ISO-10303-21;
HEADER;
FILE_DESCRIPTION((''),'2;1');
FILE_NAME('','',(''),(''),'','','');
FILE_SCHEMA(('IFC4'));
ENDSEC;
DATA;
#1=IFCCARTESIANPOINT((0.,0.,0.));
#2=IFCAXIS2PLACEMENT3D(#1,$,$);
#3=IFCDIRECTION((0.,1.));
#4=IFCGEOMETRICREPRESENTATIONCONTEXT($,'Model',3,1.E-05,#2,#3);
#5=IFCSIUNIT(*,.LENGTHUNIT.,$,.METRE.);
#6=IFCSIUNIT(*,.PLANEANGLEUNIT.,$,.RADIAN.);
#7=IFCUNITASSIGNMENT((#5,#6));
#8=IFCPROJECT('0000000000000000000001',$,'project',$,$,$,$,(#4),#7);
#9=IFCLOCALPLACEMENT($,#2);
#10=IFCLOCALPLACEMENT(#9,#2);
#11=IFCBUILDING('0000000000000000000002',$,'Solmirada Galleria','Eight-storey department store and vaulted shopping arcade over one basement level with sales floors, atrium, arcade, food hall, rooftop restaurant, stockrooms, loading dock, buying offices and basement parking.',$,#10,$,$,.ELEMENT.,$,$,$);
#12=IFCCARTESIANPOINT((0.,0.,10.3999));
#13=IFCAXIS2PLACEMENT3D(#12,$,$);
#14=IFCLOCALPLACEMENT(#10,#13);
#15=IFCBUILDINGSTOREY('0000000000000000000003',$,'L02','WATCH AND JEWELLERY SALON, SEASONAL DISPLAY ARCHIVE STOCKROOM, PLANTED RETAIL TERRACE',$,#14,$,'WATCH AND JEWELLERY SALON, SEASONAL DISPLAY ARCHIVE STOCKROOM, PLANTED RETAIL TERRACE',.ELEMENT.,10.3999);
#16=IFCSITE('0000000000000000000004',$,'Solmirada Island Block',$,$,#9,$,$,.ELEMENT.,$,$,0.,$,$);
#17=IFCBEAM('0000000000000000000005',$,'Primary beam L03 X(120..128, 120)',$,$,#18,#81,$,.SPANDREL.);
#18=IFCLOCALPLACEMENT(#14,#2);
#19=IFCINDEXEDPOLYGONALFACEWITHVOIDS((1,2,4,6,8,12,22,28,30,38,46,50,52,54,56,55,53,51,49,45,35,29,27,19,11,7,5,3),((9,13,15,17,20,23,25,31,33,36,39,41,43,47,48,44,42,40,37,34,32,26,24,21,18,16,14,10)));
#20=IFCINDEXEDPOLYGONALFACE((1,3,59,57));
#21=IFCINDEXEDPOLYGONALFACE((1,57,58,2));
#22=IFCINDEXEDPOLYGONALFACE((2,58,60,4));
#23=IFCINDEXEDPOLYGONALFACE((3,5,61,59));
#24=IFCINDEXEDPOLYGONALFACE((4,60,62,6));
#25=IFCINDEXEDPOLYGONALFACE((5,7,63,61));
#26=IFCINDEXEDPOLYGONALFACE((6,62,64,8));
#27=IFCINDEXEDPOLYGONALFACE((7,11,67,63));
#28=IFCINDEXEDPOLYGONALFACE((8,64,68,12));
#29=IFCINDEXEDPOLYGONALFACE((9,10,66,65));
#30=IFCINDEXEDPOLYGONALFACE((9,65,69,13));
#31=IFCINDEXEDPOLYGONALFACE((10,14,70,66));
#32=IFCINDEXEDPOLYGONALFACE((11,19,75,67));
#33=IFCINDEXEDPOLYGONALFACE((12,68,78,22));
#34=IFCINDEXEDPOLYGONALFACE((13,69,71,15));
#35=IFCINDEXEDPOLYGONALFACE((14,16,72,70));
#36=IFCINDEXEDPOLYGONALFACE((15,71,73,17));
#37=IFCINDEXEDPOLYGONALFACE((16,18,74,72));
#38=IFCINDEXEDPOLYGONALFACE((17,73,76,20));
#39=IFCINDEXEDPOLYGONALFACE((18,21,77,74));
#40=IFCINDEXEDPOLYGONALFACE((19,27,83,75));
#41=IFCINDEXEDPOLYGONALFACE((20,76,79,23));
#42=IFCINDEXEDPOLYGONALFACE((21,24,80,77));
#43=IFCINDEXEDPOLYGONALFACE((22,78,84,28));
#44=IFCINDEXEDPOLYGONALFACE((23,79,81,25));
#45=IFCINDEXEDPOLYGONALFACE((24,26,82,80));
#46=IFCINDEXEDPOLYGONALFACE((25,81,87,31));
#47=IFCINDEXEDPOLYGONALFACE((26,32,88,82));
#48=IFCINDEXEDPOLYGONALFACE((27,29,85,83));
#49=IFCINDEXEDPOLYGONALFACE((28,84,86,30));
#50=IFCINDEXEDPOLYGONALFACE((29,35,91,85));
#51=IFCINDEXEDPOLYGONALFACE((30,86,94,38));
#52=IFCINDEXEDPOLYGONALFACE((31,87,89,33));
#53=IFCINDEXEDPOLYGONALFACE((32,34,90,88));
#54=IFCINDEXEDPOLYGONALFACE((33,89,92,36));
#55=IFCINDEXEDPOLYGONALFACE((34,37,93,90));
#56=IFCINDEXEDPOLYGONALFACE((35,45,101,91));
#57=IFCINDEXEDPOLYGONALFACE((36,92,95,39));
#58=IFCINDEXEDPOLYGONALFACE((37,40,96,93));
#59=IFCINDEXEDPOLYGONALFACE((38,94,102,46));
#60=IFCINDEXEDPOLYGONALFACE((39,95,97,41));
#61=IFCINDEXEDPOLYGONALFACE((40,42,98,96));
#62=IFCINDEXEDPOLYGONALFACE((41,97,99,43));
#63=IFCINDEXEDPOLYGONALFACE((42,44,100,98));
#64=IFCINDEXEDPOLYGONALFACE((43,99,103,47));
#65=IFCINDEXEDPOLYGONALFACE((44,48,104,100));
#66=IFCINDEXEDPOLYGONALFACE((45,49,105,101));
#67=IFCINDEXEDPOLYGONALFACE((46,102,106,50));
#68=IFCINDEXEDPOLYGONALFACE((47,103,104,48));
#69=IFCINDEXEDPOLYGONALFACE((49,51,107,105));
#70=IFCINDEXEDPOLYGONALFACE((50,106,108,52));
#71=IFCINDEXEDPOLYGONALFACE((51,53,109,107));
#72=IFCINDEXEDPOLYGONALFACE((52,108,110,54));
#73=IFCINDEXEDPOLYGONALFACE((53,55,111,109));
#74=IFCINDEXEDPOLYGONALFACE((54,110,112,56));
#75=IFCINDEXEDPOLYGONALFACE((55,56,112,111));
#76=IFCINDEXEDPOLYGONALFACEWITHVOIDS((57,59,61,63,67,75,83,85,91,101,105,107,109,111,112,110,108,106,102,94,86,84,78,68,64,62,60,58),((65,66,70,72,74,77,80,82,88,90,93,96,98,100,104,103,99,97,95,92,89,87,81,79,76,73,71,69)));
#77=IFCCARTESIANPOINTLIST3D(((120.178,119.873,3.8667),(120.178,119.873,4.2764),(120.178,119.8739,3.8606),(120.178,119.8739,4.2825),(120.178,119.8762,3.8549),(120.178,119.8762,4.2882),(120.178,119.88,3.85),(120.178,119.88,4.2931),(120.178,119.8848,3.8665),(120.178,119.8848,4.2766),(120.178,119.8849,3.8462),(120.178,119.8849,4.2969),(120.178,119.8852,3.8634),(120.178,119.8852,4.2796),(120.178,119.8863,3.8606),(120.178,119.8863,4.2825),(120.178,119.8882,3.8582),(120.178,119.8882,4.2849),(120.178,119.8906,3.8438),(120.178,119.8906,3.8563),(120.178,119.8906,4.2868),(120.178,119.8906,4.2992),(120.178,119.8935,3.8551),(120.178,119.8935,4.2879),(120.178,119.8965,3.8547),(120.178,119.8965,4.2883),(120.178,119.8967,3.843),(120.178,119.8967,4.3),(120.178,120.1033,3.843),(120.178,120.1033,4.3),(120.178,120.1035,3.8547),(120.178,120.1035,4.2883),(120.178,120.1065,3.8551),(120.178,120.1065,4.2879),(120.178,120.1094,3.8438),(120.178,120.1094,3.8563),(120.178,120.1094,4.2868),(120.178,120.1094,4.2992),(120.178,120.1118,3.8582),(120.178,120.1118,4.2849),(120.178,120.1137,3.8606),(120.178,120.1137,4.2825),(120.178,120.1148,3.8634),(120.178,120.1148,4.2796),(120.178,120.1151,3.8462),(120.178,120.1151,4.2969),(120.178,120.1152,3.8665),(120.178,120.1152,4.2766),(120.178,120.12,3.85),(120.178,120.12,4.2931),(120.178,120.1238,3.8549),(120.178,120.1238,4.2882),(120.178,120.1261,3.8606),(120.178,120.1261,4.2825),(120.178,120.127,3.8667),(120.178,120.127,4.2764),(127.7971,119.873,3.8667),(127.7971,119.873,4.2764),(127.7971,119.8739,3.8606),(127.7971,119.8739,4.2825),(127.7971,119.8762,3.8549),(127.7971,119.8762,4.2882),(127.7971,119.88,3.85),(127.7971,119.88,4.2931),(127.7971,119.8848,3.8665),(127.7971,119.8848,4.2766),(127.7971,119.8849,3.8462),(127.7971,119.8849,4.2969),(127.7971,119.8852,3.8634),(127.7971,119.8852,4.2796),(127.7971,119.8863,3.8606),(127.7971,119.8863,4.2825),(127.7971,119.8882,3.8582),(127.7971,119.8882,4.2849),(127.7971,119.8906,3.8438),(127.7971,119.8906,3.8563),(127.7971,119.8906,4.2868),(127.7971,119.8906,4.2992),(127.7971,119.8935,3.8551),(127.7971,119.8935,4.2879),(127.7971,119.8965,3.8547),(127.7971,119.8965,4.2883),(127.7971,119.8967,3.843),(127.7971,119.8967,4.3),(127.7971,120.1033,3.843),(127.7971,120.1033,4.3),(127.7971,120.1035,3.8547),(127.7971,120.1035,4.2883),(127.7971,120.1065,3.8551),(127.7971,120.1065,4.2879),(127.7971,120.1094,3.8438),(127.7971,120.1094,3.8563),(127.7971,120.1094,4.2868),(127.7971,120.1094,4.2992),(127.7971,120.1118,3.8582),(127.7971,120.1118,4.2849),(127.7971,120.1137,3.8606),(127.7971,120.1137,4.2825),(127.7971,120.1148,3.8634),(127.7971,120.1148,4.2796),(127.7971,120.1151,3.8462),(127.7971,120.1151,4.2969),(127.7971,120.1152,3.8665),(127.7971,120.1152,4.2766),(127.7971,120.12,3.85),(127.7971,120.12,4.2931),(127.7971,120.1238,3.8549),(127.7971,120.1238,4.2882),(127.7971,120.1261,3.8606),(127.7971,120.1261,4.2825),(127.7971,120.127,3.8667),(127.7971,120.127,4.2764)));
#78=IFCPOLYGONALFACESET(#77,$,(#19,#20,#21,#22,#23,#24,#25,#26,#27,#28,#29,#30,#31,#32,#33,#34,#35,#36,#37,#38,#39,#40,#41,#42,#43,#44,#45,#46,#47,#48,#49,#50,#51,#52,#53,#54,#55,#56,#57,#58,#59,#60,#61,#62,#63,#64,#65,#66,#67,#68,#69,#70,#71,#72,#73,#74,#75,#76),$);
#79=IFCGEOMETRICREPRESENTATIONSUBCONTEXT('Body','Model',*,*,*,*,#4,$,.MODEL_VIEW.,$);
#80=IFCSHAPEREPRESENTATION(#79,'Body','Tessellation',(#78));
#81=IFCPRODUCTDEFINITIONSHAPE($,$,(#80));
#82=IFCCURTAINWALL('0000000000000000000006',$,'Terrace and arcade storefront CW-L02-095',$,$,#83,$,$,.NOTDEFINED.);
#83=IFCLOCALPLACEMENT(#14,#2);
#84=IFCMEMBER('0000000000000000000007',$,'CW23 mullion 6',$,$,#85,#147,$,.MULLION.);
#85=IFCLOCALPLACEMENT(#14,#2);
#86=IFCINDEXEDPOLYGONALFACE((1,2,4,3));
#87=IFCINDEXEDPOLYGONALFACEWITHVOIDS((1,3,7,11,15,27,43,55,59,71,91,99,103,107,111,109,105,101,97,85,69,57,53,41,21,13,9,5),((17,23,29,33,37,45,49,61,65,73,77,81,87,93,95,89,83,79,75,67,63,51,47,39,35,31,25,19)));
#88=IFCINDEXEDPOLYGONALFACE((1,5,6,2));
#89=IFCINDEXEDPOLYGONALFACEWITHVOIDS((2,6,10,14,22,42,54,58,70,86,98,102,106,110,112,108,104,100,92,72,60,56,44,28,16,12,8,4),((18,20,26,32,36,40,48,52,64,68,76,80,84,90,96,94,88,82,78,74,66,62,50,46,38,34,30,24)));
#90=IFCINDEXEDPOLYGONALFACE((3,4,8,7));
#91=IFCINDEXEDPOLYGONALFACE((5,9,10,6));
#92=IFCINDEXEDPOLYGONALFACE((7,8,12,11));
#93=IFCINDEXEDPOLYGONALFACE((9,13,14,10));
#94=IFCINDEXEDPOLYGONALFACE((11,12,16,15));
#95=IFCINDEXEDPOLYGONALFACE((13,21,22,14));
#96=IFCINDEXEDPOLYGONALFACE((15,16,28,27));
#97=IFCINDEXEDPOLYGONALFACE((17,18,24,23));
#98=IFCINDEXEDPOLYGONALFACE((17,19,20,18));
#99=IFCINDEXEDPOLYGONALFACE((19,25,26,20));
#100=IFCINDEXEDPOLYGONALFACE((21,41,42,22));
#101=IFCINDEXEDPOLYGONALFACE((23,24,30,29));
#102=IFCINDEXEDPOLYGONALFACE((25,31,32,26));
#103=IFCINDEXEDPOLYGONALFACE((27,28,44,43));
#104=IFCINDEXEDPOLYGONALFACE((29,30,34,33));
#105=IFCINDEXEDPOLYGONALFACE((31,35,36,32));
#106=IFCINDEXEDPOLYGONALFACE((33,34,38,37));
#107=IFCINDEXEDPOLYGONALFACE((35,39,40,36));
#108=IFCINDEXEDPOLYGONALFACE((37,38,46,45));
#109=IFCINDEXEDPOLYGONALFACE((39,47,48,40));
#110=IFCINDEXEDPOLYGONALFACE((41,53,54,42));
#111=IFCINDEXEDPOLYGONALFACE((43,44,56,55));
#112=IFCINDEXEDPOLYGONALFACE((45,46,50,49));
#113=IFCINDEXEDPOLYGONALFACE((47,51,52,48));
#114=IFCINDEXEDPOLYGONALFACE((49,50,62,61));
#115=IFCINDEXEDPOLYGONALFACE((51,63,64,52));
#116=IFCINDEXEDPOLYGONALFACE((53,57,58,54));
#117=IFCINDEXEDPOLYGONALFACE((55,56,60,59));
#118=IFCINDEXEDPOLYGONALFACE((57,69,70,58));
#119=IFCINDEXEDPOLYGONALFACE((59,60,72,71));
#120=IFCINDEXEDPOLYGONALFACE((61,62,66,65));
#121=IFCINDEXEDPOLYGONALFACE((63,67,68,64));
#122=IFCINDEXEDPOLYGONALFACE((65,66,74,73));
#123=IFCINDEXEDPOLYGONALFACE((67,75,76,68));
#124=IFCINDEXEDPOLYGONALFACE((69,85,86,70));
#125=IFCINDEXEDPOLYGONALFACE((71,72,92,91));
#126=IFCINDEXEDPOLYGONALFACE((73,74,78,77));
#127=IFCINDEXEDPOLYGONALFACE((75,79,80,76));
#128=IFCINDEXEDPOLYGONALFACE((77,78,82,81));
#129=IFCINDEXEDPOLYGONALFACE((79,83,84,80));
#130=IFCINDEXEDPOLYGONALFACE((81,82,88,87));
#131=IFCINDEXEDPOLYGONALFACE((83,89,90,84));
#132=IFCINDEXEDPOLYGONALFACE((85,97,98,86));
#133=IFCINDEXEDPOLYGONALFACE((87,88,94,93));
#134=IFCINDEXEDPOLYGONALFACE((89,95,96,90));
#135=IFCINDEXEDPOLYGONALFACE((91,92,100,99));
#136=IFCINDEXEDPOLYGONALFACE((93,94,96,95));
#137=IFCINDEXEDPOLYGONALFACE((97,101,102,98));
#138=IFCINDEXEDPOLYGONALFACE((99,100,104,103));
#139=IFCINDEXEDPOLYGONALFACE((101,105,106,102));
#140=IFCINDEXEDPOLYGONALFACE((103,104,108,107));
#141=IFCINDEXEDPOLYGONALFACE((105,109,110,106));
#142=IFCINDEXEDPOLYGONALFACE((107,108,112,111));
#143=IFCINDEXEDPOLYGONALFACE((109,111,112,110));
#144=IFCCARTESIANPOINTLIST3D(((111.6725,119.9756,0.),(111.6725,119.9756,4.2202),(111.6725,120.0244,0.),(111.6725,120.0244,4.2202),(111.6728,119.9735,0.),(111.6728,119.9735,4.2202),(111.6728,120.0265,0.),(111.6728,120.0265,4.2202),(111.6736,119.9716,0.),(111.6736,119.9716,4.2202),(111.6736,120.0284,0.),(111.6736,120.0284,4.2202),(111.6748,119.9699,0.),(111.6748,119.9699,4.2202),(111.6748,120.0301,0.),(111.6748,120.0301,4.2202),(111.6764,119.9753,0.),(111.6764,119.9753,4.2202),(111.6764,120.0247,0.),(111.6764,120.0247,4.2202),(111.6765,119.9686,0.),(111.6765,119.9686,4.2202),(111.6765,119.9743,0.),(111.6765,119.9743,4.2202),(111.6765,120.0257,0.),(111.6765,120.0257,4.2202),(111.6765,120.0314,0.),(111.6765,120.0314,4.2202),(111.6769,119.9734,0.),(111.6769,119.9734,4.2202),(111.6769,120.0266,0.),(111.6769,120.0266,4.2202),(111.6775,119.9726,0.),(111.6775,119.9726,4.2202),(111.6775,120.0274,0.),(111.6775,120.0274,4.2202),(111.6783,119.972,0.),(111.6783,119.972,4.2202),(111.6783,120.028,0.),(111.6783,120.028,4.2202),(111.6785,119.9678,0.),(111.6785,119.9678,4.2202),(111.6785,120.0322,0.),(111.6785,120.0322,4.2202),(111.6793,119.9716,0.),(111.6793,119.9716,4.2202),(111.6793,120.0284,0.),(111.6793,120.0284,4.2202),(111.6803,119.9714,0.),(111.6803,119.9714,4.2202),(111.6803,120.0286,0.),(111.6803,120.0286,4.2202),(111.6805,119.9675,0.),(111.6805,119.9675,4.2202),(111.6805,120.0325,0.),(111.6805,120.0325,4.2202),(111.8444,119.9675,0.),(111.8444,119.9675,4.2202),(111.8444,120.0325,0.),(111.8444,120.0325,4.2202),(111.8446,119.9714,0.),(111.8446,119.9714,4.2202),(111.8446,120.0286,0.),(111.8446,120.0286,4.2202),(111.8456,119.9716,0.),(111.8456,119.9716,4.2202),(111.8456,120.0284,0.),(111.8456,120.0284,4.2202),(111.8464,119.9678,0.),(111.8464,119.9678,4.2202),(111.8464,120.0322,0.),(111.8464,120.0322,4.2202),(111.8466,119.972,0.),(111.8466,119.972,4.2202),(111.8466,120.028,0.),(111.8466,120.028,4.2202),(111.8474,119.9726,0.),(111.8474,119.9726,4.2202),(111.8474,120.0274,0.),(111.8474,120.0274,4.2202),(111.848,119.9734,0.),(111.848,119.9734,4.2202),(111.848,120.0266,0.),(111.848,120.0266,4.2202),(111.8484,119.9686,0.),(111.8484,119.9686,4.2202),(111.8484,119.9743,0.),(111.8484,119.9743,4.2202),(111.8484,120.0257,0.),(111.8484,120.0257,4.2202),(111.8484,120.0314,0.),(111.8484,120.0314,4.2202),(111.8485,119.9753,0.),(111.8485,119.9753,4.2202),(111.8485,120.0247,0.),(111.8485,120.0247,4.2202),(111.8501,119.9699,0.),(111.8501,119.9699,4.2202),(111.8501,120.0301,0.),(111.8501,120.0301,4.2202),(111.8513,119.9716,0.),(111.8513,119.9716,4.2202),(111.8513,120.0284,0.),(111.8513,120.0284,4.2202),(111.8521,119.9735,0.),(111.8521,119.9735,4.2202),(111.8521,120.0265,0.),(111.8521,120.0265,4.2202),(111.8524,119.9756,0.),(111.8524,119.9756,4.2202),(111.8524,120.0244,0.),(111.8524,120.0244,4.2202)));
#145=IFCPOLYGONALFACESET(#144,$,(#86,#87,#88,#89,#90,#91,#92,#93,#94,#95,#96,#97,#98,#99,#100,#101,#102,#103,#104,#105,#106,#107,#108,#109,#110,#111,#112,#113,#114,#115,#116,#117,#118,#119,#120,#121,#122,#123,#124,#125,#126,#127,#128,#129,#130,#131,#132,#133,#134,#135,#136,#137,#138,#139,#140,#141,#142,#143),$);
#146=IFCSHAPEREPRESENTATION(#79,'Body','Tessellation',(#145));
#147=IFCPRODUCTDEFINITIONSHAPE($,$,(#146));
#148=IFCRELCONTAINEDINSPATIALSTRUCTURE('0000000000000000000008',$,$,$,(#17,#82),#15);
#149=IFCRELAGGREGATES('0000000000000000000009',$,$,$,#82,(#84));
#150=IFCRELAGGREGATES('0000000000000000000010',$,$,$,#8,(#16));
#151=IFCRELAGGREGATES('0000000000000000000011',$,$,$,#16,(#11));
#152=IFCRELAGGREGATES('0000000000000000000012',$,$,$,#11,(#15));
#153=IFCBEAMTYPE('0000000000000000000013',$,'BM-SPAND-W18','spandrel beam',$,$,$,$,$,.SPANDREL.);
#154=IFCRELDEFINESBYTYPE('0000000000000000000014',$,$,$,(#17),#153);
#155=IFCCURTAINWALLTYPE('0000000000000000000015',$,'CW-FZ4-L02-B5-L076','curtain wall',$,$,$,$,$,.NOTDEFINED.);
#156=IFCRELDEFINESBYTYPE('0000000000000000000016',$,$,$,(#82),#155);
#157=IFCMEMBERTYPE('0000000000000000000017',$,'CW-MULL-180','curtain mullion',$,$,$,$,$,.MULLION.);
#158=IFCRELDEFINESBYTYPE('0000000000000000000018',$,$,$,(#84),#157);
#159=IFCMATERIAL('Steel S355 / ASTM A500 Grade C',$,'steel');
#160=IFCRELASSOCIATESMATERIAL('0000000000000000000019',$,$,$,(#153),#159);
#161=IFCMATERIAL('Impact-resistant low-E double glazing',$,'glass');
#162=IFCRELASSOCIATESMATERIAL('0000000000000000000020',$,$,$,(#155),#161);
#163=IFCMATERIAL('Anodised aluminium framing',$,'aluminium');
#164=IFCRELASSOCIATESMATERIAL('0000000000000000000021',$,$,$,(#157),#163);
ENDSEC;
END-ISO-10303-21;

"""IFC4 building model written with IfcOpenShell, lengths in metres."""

from ifc_helpers import new_model, si_unit, direction, frame, origin, origin_2d, place, context, subcontext, project, spatial, hollow_rectangle, extrude, material, material_profile, profile_set, type_object, element, aggregate, save


model = new_model("IFC4")

# Units and contexts
model_context = context("Model", 3, precision=1e-05, world=origin(), true_north=direction((0.0, 1.0)))
body_context = subcontext(model_context, "Body", "Model", "MODEL_VIEW")
ifc_project = project(units=[si_unit("LENGTHUNIT", "METRE"), si_unit("PLANEANGLEUNIT", "RADIAN")], contexts=[model_context])

# Site, building, storey
site_placement = place(None, origin())
site = spatial("IfcSite", under=ifc_project, at=site_placement, Name="Solmirada Island Block", CompositionType="ELEMENT", RefElevation=0.0)
building_placement = place(site_placement, origin())
building = spatial("IfcBuilding", under=site, at=building_placement, Name="Solmirada Galleria", Description="Eight-storey department store and vaulted shopping arcade over one basement level with sales floors, atrium, arcade, food hall, rooftop restaurant, stockrooms, loading dock, buying offices and basement parking.", CompositionType="ELEMENT")
storey_placement = place(building_placement, frame((0.0, 0.0, 10.3999)))
storey = spatial("IfcBuildingStorey", under=building, at=storey_placement, Name="L02", Description="WATCH AND JEWELLERY SALON, SEASONAL DISPLAY ARCHIVE STOCKROOM, PLANTED RETAIL TERRACE", LongName="WATCH AND JEWELLERY SALON, SEASONAL DISPLAY ARCHIVE STOCKROOM, PLANTED RETAIL TERRACE", CompositionType="ELEMENT", Elevation=10.3999)

# Shared definitions
ifc_material_1 = material(Name="Steel S355 / ASTM A500 Grade C", Category="steel")

# Beam
ifc_material_profile_1 = material_profile(ifc_material_1, hollow_rectangle(XDim=0.2539, YDim=0.457, WallThickness=0.0117, InnerFilletRadius=0.0117, OuterFilletRadius=0.0237, at=origin_2d()), Name="HSS18X10X1/2")
ifc_profile_set_1 = profile_set([ifc_material_profile_1], Name="Steel S355 / ASTM A500 Grade C")
beam_type = type_object("IfcBeamType", Name="BM-SPAND-W18", Description="spandrel beam", PredefinedType="SPANDREL", material=ifc_profile_set_1)
beam_placement = place(storey_placement, frame((120.178, 120.0, 4.0715), z_axis=(1.0, 0.0, 0.0), x_axis=(0.0, 1.0, 0.0)))
element("IfcBeam", 1, at=beam_placement, inside=storey, type_object=beam_type, Name="Primary beam L03 X(120..128, 120)", PredefinedType="SPANDREL", context=body_context, shape_type="SweptSolid", body=[
    extrude(hollow_rectangle(XDim=0.2539, YDim=0.457, WallThickness=0.0117, InnerFilletRadius=0.0117, OuterFilletRadius=0.0237, at=origin_2d()), origin(), (0.0, 0.0, 1.0), 7.6191),
])

# Curtain wall, member
ifc_material_2 = material(Name="Impact-resistant low-E double glazing", Category="glass")
curtain_wall_type_1 = type_object("IfcCurtainWallType", Name="CW-FZ4-L02-B5-L076", Description="curtain wall", PredefinedType="NOTDEFINED", material=ifc_material_2)
curtain_wall_1_placement = place(storey_placement, origin())
curtain_wall_1 = element("IfcCurtainWall", 2, at=curtain_wall_1_placement, inside=storey, type_object=curtain_wall_type_1, Name="Terrace and arcade storefront CW-L02-095", PredefinedType="NOTDEFINED")
ifc_material_3 = material(Name="Anodised aluminium framing", Category="aluminium")
ifc_material_profile_2 = material_profile(ifc_material_3, hollow_rectangle(XDim=0.0649, YDim=0.1799, WallThickness=0.0039, InnerFilletRadius=0.0039, OuterFilletRadius=0.0081, at=origin_2d()), Name="ALU-MULL-180X65")
ifc_profile_set_2 = profile_set([ifc_material_profile_2], Name="Anodised aluminium framing")
member_type_1 = type_object("IfcMemberType", Name="CW-MULL-180", Description="curtain mullion", PredefinedType="MULLION", material=ifc_profile_set_2)
member_1_placement = place(storey_placement, frame((111.7625, 120.0, 0.0), z_axis=(0.0, 0.0, 1.0), x_axis=(0.0, 1.0, 0.0)))
member_1 = element("IfcMember", 3, at=member_1_placement, type_object=member_type_1, Name="CW23 mullion 6", PredefinedType="MULLION", context=body_context, shape_type="SweptSolid", body=[
    extrude(hollow_rectangle(XDim=0.0649, YDim=0.1799, WallThickness=0.0039, InnerFilletRadius=0.0039, OuterFilletRadius=0.0081, at=origin_2d()), origin(), (0.0, 0.0, 1.0), 4.2202),
])
aggregate(curtain_wall_1, [member_1])

save(model, "model.ifc")
